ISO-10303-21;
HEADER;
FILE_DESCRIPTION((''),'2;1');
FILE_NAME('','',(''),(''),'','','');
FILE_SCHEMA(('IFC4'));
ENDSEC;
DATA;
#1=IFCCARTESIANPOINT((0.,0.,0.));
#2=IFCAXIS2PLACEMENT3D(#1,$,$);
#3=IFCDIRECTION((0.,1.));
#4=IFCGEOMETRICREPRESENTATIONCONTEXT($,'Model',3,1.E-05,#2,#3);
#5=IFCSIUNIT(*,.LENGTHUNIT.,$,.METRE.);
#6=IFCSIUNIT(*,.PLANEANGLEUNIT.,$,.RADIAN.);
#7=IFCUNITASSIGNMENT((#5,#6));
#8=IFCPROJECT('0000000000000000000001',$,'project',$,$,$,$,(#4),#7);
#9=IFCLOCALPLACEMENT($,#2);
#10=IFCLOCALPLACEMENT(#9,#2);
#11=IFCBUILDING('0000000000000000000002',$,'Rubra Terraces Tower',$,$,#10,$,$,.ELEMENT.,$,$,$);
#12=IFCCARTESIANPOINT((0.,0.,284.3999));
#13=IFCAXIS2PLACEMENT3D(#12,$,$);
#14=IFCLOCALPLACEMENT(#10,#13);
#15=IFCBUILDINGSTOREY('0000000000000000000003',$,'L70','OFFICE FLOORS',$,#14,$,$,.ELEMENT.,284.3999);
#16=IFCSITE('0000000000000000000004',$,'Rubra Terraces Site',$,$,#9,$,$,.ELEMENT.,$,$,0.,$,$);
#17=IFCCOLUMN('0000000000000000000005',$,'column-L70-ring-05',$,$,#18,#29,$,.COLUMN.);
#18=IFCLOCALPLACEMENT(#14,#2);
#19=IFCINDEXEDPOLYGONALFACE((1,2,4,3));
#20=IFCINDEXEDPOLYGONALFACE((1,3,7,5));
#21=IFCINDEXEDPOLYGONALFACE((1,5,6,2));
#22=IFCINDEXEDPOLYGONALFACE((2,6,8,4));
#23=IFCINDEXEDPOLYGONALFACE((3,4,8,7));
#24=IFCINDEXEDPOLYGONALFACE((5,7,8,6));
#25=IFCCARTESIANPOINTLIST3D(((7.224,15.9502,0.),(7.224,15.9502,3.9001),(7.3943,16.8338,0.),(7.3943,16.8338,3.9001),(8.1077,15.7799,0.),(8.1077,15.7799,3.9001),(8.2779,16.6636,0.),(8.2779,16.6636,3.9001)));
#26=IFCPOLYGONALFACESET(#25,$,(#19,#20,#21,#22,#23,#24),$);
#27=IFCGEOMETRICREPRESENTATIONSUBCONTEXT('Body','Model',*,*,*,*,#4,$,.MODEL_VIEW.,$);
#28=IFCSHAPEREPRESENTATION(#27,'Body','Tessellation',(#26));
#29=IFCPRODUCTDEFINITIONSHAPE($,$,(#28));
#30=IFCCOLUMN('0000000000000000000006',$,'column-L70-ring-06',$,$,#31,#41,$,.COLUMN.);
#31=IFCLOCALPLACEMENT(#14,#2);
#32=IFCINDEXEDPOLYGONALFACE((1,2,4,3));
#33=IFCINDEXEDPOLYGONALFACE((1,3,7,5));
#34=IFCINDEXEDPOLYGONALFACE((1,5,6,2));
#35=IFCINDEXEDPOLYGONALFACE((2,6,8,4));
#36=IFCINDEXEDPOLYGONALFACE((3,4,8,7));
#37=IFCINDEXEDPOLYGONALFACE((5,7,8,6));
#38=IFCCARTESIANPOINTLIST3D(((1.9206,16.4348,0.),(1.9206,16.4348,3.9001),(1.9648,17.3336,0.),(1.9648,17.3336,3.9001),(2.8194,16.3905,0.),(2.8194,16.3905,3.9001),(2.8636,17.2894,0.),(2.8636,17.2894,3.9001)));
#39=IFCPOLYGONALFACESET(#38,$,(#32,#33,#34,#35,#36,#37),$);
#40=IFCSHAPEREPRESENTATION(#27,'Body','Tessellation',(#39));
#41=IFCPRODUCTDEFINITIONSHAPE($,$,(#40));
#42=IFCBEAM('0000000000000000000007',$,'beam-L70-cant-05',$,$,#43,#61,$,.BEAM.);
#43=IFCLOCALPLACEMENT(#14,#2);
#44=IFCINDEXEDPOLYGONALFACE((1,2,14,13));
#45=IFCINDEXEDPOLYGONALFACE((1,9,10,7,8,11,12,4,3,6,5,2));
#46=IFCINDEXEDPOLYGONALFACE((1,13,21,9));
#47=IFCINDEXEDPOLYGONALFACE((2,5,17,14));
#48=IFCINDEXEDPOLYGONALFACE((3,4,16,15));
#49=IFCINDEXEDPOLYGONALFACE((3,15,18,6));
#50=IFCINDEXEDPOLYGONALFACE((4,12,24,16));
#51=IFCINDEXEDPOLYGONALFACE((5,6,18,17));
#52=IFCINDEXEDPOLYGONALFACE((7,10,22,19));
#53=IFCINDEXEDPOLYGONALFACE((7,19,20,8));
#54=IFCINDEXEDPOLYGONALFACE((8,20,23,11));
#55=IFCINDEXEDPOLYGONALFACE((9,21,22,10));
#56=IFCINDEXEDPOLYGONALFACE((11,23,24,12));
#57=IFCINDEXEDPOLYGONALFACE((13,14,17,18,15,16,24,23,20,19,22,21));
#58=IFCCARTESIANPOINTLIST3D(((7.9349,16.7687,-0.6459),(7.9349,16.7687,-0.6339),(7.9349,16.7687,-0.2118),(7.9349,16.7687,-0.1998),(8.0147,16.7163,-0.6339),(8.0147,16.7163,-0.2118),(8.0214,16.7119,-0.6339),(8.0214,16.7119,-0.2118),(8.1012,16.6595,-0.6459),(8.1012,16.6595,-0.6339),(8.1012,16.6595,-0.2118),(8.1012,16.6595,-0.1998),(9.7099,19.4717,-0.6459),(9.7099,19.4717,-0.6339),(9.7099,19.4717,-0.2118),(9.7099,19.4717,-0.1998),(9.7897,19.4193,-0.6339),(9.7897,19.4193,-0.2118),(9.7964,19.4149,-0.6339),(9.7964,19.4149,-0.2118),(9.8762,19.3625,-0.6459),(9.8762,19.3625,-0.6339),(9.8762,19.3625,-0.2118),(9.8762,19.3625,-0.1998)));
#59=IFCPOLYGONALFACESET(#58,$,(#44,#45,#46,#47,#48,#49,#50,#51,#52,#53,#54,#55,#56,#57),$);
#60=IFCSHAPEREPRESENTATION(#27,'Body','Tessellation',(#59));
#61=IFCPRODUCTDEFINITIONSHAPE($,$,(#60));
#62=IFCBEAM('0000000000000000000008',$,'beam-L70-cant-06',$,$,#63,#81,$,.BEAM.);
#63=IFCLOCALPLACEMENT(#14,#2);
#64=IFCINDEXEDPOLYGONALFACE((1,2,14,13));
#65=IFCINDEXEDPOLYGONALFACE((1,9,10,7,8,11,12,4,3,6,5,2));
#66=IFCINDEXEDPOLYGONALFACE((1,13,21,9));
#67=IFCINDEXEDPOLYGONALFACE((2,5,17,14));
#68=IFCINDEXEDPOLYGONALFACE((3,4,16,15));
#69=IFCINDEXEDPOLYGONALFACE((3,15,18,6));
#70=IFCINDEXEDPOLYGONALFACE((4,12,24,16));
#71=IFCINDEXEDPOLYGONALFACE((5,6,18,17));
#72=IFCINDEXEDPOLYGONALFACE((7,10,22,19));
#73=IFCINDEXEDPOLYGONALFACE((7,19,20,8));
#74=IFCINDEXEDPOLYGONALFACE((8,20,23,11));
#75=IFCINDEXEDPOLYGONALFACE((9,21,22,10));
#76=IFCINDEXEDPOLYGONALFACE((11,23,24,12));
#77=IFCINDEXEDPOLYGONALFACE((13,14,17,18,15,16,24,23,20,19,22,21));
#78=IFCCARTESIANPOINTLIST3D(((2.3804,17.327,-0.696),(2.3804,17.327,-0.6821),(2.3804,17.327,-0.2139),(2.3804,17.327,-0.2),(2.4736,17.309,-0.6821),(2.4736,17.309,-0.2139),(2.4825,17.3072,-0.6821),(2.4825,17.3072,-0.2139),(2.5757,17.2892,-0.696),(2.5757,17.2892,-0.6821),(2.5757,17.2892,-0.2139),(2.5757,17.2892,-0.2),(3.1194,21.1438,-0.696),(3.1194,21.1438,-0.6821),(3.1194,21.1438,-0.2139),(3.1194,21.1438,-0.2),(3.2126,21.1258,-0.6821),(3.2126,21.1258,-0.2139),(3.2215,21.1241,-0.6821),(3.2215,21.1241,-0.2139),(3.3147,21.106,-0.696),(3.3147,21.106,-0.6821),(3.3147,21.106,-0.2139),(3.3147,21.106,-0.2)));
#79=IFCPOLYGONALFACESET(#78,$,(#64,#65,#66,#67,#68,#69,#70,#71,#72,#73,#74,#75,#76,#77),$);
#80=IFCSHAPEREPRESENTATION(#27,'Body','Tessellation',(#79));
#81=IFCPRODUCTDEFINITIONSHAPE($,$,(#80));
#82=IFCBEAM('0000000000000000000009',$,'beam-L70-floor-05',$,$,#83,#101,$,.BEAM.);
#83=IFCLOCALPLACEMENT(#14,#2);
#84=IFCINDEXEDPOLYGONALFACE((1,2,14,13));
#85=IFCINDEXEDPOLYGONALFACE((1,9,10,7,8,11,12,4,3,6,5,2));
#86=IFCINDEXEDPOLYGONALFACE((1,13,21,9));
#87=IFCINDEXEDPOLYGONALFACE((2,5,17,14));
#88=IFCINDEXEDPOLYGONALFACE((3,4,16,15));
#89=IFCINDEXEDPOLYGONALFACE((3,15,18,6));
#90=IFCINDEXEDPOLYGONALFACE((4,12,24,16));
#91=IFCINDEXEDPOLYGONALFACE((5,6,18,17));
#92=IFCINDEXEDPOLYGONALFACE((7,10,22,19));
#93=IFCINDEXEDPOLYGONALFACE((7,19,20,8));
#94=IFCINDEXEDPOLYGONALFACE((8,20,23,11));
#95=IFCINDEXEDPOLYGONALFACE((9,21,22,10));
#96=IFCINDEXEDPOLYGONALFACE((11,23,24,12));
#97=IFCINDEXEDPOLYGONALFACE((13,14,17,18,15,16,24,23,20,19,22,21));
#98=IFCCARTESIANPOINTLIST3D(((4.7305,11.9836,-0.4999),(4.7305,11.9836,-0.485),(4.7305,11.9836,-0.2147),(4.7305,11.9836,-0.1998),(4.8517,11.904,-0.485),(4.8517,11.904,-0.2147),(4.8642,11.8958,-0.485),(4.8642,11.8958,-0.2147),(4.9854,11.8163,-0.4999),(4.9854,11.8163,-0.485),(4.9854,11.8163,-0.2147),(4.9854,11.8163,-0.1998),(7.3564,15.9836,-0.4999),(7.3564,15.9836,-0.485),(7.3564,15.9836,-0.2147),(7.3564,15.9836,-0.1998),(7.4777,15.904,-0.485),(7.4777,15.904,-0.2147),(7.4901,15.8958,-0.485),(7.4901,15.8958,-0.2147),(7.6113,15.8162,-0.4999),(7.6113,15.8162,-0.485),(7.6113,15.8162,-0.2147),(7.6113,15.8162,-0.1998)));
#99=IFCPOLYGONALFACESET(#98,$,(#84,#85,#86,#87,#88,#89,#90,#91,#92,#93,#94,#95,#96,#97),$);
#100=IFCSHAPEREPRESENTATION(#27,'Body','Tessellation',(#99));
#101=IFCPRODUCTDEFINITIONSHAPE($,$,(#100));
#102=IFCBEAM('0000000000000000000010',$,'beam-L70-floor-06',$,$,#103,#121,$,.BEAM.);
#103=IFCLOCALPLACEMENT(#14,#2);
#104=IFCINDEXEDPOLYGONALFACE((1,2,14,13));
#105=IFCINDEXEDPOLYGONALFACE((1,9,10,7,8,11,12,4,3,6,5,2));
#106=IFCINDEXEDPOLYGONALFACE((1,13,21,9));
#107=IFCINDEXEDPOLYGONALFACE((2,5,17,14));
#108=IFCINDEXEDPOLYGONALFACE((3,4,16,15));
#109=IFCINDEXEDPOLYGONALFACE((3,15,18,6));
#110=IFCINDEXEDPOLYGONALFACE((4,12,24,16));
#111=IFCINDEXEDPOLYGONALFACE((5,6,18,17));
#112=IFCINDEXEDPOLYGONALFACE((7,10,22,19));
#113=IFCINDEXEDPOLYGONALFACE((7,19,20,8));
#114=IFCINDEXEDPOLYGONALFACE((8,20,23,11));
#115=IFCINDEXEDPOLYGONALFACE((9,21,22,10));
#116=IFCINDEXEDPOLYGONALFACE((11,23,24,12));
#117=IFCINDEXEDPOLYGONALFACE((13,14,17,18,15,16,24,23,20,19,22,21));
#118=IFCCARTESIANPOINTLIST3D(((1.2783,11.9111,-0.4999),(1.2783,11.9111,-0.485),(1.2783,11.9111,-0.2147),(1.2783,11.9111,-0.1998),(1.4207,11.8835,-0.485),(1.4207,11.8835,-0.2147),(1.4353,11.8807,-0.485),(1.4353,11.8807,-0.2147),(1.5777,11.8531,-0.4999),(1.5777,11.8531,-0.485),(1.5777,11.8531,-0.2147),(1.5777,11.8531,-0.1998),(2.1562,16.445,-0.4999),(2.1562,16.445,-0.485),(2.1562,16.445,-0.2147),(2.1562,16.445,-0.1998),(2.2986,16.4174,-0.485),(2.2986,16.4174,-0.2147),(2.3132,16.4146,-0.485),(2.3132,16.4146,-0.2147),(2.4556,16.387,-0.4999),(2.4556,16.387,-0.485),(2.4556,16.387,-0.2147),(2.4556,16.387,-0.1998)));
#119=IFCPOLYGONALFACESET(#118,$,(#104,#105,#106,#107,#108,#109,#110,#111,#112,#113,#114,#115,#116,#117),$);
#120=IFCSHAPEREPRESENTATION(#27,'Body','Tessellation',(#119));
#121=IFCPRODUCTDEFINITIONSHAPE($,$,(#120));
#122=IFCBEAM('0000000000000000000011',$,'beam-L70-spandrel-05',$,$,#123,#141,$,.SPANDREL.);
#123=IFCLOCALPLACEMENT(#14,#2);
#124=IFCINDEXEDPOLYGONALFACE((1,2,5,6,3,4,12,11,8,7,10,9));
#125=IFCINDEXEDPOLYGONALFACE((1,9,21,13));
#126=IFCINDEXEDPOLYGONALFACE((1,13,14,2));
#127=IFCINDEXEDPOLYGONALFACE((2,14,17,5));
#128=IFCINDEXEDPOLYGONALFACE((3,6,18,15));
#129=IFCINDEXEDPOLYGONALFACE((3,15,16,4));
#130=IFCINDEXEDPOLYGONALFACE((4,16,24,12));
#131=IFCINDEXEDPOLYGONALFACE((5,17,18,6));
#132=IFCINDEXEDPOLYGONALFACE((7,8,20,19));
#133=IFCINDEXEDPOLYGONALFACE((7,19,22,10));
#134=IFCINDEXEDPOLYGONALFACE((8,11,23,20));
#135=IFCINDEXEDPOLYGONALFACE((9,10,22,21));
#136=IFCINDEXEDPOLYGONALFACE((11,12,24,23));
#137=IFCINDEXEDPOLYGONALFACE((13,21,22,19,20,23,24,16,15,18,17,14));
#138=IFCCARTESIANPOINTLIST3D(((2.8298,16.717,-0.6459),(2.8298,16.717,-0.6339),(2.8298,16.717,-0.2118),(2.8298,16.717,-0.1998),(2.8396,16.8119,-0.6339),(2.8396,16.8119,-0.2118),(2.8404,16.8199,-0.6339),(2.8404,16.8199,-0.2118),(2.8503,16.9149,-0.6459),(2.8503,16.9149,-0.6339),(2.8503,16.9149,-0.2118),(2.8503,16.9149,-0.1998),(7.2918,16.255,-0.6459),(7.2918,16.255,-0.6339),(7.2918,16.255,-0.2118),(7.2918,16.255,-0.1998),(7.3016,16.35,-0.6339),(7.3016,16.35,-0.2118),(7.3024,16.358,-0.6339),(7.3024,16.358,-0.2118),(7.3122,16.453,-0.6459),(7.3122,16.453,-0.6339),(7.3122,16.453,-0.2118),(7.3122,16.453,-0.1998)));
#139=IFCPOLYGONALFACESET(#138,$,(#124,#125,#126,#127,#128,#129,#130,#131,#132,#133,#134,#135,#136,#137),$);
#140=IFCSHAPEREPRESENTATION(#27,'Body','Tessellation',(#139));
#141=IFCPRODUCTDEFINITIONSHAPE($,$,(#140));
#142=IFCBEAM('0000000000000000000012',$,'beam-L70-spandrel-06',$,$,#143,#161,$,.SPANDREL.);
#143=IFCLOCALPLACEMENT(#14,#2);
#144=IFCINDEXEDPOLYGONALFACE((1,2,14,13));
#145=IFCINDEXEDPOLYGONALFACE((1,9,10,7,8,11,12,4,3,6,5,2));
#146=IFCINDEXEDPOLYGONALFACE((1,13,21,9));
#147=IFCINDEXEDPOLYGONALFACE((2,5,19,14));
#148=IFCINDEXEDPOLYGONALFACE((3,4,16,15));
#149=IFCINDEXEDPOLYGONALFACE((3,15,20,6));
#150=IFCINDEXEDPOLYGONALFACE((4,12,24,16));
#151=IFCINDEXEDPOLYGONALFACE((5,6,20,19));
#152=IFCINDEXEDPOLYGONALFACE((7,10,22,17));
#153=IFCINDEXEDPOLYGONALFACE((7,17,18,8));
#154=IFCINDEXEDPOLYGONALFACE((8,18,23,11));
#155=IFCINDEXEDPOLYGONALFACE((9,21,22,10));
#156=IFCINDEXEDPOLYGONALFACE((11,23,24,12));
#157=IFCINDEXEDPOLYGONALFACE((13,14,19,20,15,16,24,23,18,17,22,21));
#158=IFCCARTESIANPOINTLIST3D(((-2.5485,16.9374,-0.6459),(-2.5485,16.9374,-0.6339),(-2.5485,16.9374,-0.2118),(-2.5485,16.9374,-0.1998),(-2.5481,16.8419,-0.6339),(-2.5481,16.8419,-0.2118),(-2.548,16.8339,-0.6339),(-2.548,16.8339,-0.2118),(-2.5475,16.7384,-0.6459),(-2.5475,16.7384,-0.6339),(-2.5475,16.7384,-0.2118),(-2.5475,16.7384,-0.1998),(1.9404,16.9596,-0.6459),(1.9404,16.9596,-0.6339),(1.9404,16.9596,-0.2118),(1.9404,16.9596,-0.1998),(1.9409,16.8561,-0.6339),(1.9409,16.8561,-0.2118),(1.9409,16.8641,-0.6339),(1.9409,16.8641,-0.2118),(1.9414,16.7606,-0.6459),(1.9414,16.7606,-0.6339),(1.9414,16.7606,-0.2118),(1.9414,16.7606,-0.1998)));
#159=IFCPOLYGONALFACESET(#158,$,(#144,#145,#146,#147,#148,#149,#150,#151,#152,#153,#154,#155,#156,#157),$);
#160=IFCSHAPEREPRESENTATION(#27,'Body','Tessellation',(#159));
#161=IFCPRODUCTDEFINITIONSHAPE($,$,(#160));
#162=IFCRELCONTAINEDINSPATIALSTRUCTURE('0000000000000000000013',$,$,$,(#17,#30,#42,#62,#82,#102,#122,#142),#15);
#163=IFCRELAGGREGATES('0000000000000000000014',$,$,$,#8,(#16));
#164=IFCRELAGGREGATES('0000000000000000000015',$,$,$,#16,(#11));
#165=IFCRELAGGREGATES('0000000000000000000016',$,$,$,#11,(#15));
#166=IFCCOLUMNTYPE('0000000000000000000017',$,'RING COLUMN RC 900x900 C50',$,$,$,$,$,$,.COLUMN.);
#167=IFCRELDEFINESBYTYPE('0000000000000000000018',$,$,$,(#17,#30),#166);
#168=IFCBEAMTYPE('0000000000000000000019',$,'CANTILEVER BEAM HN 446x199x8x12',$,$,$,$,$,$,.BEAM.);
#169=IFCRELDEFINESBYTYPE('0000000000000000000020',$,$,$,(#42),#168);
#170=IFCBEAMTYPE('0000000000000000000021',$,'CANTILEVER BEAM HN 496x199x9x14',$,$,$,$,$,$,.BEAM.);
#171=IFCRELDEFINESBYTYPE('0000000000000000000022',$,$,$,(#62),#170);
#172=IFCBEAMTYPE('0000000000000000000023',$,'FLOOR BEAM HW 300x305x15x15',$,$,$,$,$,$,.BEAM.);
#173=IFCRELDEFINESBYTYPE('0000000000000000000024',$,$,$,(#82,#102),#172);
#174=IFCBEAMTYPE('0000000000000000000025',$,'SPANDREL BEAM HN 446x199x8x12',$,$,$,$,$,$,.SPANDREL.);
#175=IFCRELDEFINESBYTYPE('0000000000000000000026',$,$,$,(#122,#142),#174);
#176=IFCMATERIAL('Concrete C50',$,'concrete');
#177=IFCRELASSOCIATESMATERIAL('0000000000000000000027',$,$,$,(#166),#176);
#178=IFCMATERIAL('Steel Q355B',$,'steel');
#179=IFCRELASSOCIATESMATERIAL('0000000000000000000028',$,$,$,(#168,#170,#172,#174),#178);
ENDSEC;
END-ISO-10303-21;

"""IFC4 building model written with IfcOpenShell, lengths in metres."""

from ifc_helpers import new_model, si_unit, direction, frame, origin, origin_2d, place, context, subcontext, project, spatial, rectangle, i_section, extrude, material, material_profile, profile_set, type_object, element, save


model = new_model("IFC4")

# Units and contexts
model_context = context("Model", 3, precision=1e-05, world=origin(), true_north=direction((0.0, 1.0)))
body_context = subcontext(model_context, "Body", "Model", "MODEL_VIEW")
ifc_project = project(units=[si_unit("LENGTHUNIT", "METRE"), si_unit("PLANEANGLEUNIT", "RADIAN")], contexts=[model_context])

# Site, building, storey
site_placement = place(None, origin())
site = spatial("IfcSite", under=ifc_project, at=site_placement, Name="Rubra Terraces Site", CompositionType="ELEMENT", RefElevation=0.0)
building_placement = place(site_placement, origin())
building = spatial("IfcBuilding", under=site, at=building_placement, Name="Rubra Terraces Tower", CompositionType="ELEMENT")
storey_placement = place(building_placement, frame((0.0, 0.0, 284.3999)))
storey = spatial("IfcBuildingStorey", under=building, at=storey_placement, Name="L70", Description="OFFICE FLOORS", CompositionType="ELEMENT", Elevation=284.3999)

# Columns
ifc_material_1 = material(Name="Concrete C50", Category="concrete")
ifc_material_profile_1 = material_profile(ifc_material_1, rectangle(XDim=0.8999, YDim=0.8999, at=origin_2d()), Name="RC 900x900")
ifc_profile_set_1 = profile_set([ifc_material_profile_1], Name="Concrete C50")
column_type = type_object("IfcColumnType", Name="RING COLUMN RC 900x900 C50", PredefinedType="COLUMN", material=ifc_profile_set_1)
for number, where, z_axis, x_axis, name in (
    (1, (7.751, 16.3069, 0.0), (0.0, 0.0, 1.0), (-0.981937, 0.18921, 0.0), "column-L70-ring-05"),
    (2, (2.3921, 16.8621, 0.0), (0.0, 0.0, 1.0), (-0.998791, 0.04915, 0.0), "column-L70-ring-06"),
):
    element("IfcColumn", number, at=place(storey_placement, frame(where, z_axis=z_axis, x_axis=x_axis)), inside=storey, type_object=column_type, Name=name, PredefinedType="COLUMN", context=body_context, shape_type="SweptSolid", body=[
        extrude(rectangle(XDim=0.8999, YDim=0.8999, at=origin_2d()), origin(), (0.0, 0.0, 1.0), 3.9001),
    ])

# Beams
ifc_material_2 = material(Name="Steel Q355B", Category="steel")
ifc_material_profile_2 = material_profile(ifc_material_2, i_section(OverallWidth=0.199, OverallDepth=0.446, WebThickness=0.0081, FlangeThickness=0.012, at=origin_2d()), Name="HN 446x199x8x12")
ifc_profile_set_2 = profile_set([ifc_material_profile_2], Name="Steel Q355B")
beam_type_1 = type_object("IfcBeamType", Name="CANTILEVER BEAM HN 446x199x8x12", PredefinedType="BEAM", material=ifc_profile_set_2)
beam_1_placement = place(storey_placement, frame((8.0181, 16.7141, -0.4229), z_axis=(0.548902, 0.835887, 0.0), x_axis=(-0.835887, 0.548902, 0.0)))
element("IfcBeam", 3, at=beam_1_placement, inside=storey, type_object=beam_type_1, Name="beam-L70-cant-05", PredefinedType="BEAM", context=body_context, shape_type="SweptSolid", body=[
    extrude(i_section(OverallWidth=0.199, OverallDepth=0.446, WebThickness=0.0081, FlangeThickness=0.012, at=origin_2d()), origin(), (0.0, 0.0, 1.0), 3.2336),
])
ifc_material_profile_3 = material_profile(ifc_material_2, i_section(OverallWidth=0.199, OverallDepth=0.4961, WebThickness=0.009, FlangeThickness=0.0139, at=origin_2d()), Name="HN 496x199x9x14")
ifc_profile_set_3 = profile_set([ifc_material_profile_3], Name="Steel Q355B")
beam_type_2 = type_object("IfcBeamType", Name="CANTILEVER BEAM HN 496x199x9x14", PredefinedType="BEAM", material=ifc_profile_set_3)
beam_2_placement = place(storey_placement, frame((2.478, 17.3081, -0.448), z_axis=(0.190086, 0.981767, 0.0), x_axis=(-0.981767, 0.190086, 0.0)))
element("IfcBeam", 4, at=beam_2_placement, inside=storey, type_object=beam_type_2, Name="beam-L70-cant-06", PredefinedType="BEAM", context=body_context, shape_type="SweptSolid", body=[
    extrude(i_section(OverallWidth=0.199, OverallDepth=0.4961, WebThickness=0.009, FlangeThickness=0.0139, at=origin_2d()), origin(), (0.0, 0.0, 1.0), 3.8877),
])
ifc_material_profile_4 = material_profile(ifc_material_2, i_section(OverallWidth=0.3049, OverallDepth=0.3, WebThickness=0.0149, FlangeThickness=0.0149, at=origin_2d()), Name="HW 300x305x15x15")
ifc_profile_set_4 = profile_set([ifc_material_profile_4], Name="Steel Q355B")
beam_type_3 = type_object("IfcBeamType", Name="FLOOR BEAM HW 300x305x15x15", PredefinedType="BEAM", material=ifc_profile_set_4)
beam_3_placement = place(storey_placement, frame((7.4839, 15.8999, -0.3499), z_axis=(-0.548799, -0.835954, 0.0), x_axis=(0.835954, -0.548799, 0.0)))
element("IfcBeam", 5, at=beam_3_placement, inside=storey, type_object=beam_type_3, Name="beam-L70-floor-05", PredefinedType="BEAM", context=body_context, shape_type="SweptSolid", body=[
    extrude(i_section(OverallWidth=0.3049, OverallDepth=0.3, WebThickness=0.0149, FlangeThickness=0.0149, at=origin_2d()), origin(), (0.0, 0.0, 1.0), 4.7849),
])
beam_4_placement = place(storey_placement, frame((2.3059, 16.416, -0.3499), z_axis=(-0.190104, -0.981764, 0.0), x_axis=(0.981764, -0.190104, 0.0)))
element("IfcBeam", 6, at=beam_4_placement, inside=storey, type_object=beam_type_3, Name="beam-L70-floor-06", PredefinedType="BEAM", context=body_context, shape_type="SweptSolid", body=[
    extrude(i_section(OverallWidth=0.3049, OverallDepth=0.3, WebThickness=0.0149, FlangeThickness=0.0149, at=origin_2d()), origin(), (0.0, 0.0, 1.0), 4.6182),
])
ifc_material_profile_5 = material_profile(ifc_material_2, i_section(OverallWidth=0.199, OverallDepth=0.446, WebThickness=0.0081, FlangeThickness=0.012, at=origin_2d()), Name="HN 446x199x8x12")
ifc_profile_set_5 = profile_set([ifc_material_profile_5], Name="Steel Q355B")
beam_type_4 = type_object("IfcBeamType", Name="SPANDREL BEAM HN 446x199x8x12", PredefinedType="SPANDREL", material=ifc_profile_set_5)
beam_5_placement = place(storey_placement, frame((7.302, 16.354, -0.4229), z_axis=(-0.994684, 0.102973, 0.0), x_axis=(-0.102973, -0.994684, 0.0)))
element("IfcBeam", 7, at=beam_5_placement, inside=storey, type_object=beam_type_4, Name="beam-L70-spandrel-05", PredefinedType="SPANDREL", context=body_context, shape_type="SweptSolid", body=[
    extrude(i_section(OverallWidth=0.199, OverallDepth=0.446, WebThickness=0.0081, FlangeThickness=0.012, at=origin_2d()), origin(), (0.0, 0.0, 1.0), 4.4858),
])
beam_6_placement = place(storey_placement, frame((1.9409, 16.8601, -0.4229), z_axis=(-0.999988, -0.004949, 0.0), x_axis=(0.004949, -0.999988, 0.0)))
element("IfcBeam", 8, at=beam_6_placement, inside=storey, type_object=beam_type_4, Name="beam-L70-spandrel-06", PredefinedType="SPANDREL", context=body_context, shape_type="SweptSolid", body=[
    extrude(i_section(OverallWidth=0.199, OverallDepth=0.446, WebThickness=0.0081, FlangeThickness=0.012, at=origin_2d()), origin(), (0.0, 0.0, 1.0), 4.489),
])

save(model, "model.ifc")
